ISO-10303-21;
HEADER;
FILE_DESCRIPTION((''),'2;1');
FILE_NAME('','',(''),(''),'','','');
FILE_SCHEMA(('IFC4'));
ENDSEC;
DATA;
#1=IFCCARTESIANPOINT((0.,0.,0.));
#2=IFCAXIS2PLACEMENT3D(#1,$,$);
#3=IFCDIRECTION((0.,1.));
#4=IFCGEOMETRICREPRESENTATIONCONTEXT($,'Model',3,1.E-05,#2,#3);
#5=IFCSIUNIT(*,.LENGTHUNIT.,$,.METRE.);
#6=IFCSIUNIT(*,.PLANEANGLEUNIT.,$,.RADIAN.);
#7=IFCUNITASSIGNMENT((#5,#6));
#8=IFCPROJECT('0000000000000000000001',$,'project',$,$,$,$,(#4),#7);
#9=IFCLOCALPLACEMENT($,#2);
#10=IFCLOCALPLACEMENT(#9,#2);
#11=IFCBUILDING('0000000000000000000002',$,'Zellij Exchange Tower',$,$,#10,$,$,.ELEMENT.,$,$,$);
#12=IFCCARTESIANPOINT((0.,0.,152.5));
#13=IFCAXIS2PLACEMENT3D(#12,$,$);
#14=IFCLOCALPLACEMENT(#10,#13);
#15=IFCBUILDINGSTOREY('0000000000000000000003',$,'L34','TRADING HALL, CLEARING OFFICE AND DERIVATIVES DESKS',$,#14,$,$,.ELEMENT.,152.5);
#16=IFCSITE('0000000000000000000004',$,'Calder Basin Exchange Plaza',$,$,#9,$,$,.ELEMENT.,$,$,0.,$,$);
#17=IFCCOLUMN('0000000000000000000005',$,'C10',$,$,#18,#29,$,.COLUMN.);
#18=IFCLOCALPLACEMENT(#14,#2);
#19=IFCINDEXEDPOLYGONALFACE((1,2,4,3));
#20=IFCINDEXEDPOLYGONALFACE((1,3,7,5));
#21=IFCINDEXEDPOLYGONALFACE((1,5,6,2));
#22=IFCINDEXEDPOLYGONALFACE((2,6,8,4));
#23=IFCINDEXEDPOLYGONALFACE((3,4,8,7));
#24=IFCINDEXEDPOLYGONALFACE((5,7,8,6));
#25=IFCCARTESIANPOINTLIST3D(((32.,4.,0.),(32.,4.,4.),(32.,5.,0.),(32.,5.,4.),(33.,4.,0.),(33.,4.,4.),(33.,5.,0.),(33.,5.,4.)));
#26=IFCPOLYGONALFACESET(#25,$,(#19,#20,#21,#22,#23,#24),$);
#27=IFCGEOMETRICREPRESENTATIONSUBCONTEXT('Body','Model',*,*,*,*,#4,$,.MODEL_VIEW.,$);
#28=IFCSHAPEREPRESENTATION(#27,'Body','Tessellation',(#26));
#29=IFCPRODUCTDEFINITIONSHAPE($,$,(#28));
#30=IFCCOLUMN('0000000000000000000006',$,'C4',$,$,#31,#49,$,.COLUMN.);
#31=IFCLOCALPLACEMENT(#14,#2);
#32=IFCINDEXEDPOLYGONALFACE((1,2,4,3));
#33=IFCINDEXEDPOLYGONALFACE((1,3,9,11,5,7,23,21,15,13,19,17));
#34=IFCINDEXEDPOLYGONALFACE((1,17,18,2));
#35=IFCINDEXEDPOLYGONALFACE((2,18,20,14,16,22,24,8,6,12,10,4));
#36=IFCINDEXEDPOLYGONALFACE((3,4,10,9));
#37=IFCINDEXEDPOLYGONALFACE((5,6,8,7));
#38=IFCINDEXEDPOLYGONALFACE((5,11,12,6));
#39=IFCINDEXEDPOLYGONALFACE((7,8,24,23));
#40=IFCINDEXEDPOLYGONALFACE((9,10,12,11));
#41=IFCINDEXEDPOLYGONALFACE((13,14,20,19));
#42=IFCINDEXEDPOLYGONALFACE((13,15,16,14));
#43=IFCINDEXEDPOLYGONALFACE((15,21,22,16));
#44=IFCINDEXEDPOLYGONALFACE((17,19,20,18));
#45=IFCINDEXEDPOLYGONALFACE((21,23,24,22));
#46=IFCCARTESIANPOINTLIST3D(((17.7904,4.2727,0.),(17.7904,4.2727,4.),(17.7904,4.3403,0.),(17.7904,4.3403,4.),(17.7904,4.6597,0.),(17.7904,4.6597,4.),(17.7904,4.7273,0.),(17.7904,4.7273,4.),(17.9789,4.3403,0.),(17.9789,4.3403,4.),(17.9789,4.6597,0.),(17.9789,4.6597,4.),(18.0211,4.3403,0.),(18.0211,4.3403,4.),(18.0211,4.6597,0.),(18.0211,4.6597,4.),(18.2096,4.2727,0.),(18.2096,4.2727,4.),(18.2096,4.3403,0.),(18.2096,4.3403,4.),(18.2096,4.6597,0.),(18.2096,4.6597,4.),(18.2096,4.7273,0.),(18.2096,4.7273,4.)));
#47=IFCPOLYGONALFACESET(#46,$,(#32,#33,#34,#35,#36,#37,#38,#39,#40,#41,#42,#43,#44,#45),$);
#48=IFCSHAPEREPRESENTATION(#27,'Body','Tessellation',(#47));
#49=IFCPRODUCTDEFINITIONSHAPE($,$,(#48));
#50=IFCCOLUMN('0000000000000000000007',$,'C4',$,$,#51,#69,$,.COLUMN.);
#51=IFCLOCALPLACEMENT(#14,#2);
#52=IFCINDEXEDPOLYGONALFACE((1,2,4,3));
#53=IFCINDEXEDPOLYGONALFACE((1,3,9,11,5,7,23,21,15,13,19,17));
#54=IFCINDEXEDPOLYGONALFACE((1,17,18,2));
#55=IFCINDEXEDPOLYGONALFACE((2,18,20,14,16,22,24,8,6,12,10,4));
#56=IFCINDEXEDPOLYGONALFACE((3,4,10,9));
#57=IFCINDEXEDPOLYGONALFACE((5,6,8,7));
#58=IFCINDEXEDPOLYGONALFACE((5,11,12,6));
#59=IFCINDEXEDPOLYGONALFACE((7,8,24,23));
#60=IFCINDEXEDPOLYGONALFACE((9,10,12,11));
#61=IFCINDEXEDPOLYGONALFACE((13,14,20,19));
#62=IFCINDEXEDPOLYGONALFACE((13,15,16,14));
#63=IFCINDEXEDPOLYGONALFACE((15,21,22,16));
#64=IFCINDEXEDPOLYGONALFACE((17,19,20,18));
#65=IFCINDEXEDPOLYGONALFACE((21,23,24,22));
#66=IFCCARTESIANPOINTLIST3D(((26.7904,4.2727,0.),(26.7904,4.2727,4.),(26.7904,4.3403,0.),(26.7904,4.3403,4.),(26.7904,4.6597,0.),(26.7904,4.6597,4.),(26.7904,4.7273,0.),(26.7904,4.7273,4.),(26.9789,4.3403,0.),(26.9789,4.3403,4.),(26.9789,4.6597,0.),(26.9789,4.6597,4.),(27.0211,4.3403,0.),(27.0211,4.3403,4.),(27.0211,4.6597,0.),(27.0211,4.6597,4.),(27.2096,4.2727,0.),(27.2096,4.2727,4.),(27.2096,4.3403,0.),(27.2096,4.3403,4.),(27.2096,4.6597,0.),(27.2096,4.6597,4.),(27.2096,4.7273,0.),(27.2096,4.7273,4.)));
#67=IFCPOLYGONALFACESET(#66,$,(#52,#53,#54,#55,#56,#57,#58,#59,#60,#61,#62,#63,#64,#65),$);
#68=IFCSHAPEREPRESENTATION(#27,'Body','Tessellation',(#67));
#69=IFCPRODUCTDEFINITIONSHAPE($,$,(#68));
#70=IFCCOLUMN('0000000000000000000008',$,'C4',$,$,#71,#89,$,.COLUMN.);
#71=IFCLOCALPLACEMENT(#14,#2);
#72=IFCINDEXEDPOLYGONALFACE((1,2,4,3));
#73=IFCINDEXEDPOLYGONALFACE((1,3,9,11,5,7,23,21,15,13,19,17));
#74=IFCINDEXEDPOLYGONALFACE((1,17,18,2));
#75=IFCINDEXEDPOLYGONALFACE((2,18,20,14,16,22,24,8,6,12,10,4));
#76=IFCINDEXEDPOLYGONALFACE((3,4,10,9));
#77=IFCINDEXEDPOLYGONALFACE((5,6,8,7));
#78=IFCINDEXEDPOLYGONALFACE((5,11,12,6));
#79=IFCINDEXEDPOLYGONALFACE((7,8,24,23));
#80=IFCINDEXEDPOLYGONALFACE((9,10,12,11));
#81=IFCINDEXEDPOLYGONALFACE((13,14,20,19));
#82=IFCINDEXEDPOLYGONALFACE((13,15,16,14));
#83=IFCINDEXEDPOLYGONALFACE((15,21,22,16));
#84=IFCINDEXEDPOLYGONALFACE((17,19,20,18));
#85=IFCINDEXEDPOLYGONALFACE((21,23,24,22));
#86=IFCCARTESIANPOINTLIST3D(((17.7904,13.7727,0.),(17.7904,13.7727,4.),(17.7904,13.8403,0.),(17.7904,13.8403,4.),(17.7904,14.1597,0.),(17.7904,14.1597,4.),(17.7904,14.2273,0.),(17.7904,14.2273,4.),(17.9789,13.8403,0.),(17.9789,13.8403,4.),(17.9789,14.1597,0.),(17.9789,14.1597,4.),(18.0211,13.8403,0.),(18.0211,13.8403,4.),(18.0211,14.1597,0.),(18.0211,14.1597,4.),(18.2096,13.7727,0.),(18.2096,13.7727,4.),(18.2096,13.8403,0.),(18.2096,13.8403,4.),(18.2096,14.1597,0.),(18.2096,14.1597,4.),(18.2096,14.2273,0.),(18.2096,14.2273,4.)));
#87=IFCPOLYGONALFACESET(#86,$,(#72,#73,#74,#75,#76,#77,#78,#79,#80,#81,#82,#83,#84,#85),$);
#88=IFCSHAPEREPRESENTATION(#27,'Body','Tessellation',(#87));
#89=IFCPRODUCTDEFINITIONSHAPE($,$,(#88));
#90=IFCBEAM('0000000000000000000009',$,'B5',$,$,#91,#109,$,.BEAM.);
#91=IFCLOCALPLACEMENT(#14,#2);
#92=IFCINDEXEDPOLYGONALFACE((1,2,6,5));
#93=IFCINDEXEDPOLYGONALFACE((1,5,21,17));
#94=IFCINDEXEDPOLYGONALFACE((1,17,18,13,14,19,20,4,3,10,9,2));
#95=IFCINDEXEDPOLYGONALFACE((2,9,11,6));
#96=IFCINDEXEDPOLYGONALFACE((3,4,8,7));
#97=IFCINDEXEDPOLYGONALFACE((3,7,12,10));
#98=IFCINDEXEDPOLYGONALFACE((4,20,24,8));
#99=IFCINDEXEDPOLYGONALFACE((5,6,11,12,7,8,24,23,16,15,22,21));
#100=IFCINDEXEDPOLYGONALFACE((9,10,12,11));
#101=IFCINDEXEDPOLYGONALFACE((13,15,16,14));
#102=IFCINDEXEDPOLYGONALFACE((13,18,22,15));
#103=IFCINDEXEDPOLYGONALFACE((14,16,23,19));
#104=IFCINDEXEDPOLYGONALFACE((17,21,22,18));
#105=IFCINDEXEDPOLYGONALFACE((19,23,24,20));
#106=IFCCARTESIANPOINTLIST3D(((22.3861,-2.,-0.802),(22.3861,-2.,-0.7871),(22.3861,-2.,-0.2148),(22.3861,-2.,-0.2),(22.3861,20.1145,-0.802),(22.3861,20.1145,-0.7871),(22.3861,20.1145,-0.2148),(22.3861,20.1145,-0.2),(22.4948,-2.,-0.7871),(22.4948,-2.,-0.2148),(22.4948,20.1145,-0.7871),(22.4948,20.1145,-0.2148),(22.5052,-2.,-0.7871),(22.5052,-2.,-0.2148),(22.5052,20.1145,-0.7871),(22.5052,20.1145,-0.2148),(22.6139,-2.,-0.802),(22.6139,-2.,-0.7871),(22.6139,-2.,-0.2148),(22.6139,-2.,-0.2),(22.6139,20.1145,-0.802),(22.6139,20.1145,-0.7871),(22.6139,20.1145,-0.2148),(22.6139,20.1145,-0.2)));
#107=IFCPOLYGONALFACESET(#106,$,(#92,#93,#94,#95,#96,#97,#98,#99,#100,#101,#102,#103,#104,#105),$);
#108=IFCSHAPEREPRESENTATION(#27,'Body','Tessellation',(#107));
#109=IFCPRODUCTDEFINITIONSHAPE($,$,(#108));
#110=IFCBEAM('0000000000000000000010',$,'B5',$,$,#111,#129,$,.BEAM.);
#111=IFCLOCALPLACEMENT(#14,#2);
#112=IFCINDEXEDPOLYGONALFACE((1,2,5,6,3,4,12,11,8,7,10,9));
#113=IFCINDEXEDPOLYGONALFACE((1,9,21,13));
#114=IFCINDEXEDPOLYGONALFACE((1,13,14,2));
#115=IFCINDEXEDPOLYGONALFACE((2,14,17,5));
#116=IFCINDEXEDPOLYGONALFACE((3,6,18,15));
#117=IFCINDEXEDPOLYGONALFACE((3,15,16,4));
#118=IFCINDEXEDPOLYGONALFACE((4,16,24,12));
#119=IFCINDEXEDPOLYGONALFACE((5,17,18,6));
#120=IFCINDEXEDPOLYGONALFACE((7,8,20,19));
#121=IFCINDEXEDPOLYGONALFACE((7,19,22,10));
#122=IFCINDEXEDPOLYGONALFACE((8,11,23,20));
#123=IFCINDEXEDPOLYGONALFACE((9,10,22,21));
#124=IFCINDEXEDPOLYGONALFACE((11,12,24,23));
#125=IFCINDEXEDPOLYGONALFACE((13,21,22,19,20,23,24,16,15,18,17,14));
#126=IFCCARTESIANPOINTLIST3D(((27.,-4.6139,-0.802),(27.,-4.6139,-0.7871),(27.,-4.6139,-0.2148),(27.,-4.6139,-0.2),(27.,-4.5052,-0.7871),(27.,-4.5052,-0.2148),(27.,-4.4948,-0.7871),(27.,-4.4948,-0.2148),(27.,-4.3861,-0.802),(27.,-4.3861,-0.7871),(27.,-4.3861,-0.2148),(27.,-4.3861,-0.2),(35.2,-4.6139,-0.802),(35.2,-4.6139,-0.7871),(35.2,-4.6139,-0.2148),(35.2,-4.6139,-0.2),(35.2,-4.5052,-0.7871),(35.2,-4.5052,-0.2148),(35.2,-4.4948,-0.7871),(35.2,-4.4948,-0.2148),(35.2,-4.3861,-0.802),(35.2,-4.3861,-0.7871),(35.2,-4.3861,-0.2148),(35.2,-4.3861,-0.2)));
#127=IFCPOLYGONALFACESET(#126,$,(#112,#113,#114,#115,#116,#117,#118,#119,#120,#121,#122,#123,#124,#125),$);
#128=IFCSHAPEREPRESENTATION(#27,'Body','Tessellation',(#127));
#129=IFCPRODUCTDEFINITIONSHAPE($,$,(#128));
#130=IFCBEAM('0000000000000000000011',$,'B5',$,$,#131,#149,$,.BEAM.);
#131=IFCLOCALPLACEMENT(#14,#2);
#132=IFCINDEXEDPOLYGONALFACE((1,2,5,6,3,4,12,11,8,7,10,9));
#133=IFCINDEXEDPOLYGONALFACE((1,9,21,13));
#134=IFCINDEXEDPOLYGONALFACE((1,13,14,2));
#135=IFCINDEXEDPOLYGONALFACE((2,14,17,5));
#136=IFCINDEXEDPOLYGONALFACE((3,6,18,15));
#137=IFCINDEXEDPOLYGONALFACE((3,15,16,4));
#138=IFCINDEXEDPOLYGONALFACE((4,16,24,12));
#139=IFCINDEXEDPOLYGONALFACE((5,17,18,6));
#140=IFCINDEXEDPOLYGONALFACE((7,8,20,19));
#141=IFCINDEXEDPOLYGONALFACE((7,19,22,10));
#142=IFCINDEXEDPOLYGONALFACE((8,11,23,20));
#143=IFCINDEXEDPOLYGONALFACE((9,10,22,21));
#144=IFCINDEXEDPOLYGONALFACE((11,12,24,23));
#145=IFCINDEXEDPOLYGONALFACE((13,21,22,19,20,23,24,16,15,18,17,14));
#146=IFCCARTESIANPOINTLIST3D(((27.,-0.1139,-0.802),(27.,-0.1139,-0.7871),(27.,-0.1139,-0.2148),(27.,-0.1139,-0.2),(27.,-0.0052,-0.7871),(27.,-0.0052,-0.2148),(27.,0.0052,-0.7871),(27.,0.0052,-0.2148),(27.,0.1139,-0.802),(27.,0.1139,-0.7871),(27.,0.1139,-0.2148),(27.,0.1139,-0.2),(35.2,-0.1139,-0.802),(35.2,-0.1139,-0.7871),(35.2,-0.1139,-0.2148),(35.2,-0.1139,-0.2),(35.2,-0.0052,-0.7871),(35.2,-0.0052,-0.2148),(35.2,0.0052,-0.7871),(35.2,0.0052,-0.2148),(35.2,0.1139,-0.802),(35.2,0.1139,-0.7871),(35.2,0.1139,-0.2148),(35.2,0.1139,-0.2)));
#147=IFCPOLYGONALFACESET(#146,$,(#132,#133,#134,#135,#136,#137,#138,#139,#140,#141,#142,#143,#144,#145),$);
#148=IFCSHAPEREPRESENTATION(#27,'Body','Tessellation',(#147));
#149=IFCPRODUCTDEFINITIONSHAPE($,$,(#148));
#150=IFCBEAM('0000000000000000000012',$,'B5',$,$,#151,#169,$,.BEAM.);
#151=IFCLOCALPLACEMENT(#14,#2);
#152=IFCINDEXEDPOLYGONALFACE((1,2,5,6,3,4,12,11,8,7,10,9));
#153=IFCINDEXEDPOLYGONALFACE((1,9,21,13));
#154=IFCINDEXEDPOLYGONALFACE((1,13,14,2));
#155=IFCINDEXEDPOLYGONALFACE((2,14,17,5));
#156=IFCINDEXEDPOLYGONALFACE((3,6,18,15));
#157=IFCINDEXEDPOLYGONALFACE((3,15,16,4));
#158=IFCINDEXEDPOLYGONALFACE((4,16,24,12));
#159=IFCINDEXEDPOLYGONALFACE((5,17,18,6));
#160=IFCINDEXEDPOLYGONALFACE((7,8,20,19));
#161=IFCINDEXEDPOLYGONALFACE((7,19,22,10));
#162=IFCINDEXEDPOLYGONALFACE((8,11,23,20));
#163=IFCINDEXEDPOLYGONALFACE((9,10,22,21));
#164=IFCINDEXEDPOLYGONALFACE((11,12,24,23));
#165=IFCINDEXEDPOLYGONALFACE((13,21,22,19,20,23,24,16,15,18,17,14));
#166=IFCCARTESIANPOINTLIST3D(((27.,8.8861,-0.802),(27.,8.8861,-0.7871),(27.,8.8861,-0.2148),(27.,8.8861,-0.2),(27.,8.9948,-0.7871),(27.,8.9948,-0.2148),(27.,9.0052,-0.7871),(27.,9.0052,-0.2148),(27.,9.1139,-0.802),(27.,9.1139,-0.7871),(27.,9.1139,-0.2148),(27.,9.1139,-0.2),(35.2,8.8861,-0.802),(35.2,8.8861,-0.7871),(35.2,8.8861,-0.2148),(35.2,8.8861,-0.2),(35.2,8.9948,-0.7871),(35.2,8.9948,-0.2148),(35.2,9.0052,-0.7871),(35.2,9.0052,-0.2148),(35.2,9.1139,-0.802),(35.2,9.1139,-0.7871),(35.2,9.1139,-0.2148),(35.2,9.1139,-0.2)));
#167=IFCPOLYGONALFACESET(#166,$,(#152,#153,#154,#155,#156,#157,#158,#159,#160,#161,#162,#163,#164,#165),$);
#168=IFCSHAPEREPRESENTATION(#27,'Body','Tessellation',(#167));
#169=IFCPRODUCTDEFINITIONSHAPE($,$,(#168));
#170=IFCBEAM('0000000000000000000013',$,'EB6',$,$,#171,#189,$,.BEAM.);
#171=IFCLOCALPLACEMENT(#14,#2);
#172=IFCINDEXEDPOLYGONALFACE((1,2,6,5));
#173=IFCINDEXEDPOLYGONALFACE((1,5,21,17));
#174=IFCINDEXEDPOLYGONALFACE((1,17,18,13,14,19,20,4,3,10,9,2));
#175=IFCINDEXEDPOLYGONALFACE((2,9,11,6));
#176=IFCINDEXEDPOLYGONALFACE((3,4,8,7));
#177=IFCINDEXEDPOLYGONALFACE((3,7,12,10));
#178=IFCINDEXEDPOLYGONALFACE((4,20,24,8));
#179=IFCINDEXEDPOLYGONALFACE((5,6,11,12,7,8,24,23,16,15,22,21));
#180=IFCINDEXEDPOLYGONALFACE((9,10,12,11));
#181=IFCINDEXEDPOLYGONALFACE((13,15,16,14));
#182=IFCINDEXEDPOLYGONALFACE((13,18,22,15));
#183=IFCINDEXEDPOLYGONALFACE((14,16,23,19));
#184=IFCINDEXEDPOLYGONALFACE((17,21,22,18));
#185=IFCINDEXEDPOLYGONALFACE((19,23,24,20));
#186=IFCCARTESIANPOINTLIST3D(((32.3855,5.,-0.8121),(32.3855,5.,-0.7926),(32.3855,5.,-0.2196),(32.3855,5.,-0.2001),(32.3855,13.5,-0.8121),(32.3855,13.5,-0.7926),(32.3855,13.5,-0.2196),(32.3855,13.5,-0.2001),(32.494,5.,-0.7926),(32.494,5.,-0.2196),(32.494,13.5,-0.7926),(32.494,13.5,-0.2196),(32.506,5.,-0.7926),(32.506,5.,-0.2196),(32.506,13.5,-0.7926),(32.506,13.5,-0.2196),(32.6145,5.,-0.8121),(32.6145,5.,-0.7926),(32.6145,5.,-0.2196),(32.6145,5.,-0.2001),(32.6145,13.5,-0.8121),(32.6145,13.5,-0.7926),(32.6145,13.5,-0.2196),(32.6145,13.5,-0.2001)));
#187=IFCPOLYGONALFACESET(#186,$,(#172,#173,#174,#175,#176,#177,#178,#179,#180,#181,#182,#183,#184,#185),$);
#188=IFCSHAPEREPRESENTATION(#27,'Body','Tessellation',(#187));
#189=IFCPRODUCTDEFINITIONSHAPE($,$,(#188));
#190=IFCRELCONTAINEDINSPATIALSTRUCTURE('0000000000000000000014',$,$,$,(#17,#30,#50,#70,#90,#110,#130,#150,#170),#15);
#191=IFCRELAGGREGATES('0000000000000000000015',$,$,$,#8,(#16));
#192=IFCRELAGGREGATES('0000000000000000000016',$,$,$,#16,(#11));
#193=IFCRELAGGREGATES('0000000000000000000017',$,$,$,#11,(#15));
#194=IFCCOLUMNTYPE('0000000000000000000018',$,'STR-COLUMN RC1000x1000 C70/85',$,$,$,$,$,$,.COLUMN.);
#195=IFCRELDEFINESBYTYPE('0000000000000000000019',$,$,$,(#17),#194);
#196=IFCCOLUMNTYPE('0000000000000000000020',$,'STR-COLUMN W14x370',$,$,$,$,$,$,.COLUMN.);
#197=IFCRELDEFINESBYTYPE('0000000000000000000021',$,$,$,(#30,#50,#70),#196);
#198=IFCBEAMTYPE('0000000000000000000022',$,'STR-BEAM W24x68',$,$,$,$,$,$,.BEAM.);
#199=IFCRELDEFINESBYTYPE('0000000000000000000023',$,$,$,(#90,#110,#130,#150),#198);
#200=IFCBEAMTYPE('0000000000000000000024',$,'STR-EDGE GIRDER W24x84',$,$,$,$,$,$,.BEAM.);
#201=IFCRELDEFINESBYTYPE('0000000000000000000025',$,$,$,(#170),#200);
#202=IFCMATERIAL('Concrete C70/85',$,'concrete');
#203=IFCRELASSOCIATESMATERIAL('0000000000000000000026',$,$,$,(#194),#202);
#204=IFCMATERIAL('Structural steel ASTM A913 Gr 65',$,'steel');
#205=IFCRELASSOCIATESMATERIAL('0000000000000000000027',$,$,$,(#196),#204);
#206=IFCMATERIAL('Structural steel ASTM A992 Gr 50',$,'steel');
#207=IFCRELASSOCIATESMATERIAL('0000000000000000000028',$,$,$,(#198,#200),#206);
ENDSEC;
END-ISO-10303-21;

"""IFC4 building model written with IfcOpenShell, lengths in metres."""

from ifc_helpers import new_model, si_unit, direction, frame, origin, origin_2d, place, context, subcontext, project, spatial, rectangle, i_section, extrude, material, material_profile, profile_set, type_object, element, save


model = new_model("IFC4")

# Units and contexts
model_context = context("Model", 3, precision=1e-05, world=origin(), true_north=direction((0.0, 1.0)))
body_context = subcontext(model_context, "Body", "Model", "MODEL_VIEW")
ifc_project = project(units=[si_unit("LENGTHUNIT", "METRE"), si_unit("PLANEANGLEUNIT", "RADIAN")], contexts=[model_context])

# Site, building, storey
site_placement = place(None, origin())
site = spatial("IfcSite", under=ifc_project, at=site_placement, Name="Calder Basin Exchange Plaza", CompositionType="ELEMENT", RefElevation=0.0)
building_placement = place(site_placement, origin())
building = spatial("IfcBuilding", under=site, at=building_placement, Name="Zellij Exchange Tower", CompositionType="ELEMENT")
storey_placement = place(building_placement, frame((0.0, 0.0, 152.5)))
storey = spatial("IfcBuildingStorey", under=building, at=storey_placement, Name="L34", Description="TRADING HALL, CLEARING OFFICE AND DERIVATIVES DESKS", CompositionType="ELEMENT", Elevation=152.5)

# Columns
ifc_material_1 = material(Name="Concrete C70/85", Category="concrete")
ifc_material_profile_1 = material_profile(ifc_material_1, rectangle(XDim=1.0, YDim=1.0, at=origin_2d()), Name="STR-COLUMN RC1000x1000 C70/85")
ifc_profile_set_1 = profile_set([ifc_material_profile_1], Name="Concrete C70/85")
column_type_1 = type_object("IfcColumnType", Name="STR-COLUMN RC1000x1000 C70/85", PredefinedType="COLUMN", material=ifc_profile_set_1)
column_placement = place(storey_placement, frame((32.5, 4.5, 0.0), z_axis=(0.0, 0.0, 1.0), x_axis=(1.0, 0.0, 0.0)))
element("IfcColumn", 1, at=column_placement, inside=storey, type_object=column_type_1, Name="C10", PredefinedType="COLUMN", context=body_context, shape_type="SweptSolid", body=[
    extrude(rectangle(XDim=1.0, YDim=1.0, at=origin_2d()), origin(), (0.0, 0.0, 1.0), 4.0),
])
ifc_material_2 = material(Name="Structural steel ASTM A913 Gr 65", Category="steel")
ifc_material_profile_2 = material_profile(ifc_material_2, i_section(OverallWidth=0.4192, OverallDepth=0.4546, WebThickness=0.0422, FlangeThickness=0.0676, at=origin_2d()), Name="W14x370")
ifc_profile_set_2 = profile_set([ifc_material_profile_2], Name="Structural steel ASTM A913 Gr 65")
column_type_2 = type_object("IfcColumnType", Name="STR-COLUMN W14x370", PredefinedType="COLUMN", material=ifc_profile_set_2)
for number, where, z_axis, x_axis, name in (
    (2, (18.0, 4.5, 0.0), (0.0, 0.0, 1.0), (1.0, 0.0, 0.0), "C4"),
    (3, (27.0, 4.5, 0.0), (0.0, 0.0, 1.0), (1.0, 0.0, 0.0), "C4"),
    (4, (18.0, 14.0, 0.0), (0.0, 0.0, 1.0), (1.0, 0.0, 0.0), "C4"),
):
    element("IfcColumn", number, at=place(storey_placement, frame(where, z_axis=z_axis, x_axis=x_axis)), inside=storey, type_object=column_type_2, Name=name, PredefinedType="COLUMN", context=body_context, shape_type="SweptSolid", body=[
        extrude(i_section(OverallWidth=0.4192, OverallDepth=0.4546, WebThickness=0.0422, FlangeThickness=0.0676, at=origin_2d()), origin(), (0.0, 0.0, 1.0), 4.0),
    ])

# Beams
ifc_material_3 = material(Name="Structural steel ASTM A992 Gr 50", Category="steel")
ifc_material_profile_3 = material_profile(ifc_material_3, i_section(OverallWidth=0.2278, OverallDepth=0.6021, WebThickness=0.0105, FlangeThickness=0.0149, at=origin_2d()), Name="W24x68")
ifc_profile_set_3 = profile_set([ifc_material_profile_3], Name="Structural steel ASTM A992 Gr 50")
beam_type_1 = type_object("IfcBeamType", Name="STR-BEAM W24x68", PredefinedType="BEAM", material=ifc_profile_set_3)
beam_1_placement = place(storey_placement, frame((22.5, -2.0, -0.501), z_axis=(0.0, 1.0, 0.0), x_axis=(-1.0, 0.0, 0.0)))
element("IfcBeam", 5, at=beam_1_placement, inside=storey, type_object=beam_type_1, Name="B5", PredefinedType="BEAM", context=body_context, shape_type="SweptSolid", body=[
    extrude(i_section(OverallWidth=0.2278, OverallDepth=0.6021, WebThickness=0.0105, FlangeThickness=0.0149, at=origin_2d()), origin(), (0.0, 0.0, 1.0), 22.1145),
])
for number, where, z_axis, x_axis, name in (
    (6, (27.0, -4.5, -0.501), (1.0, 0.0, 0.0), (0.0, 1.0, 0.0), "B5"),
    (7, (27.0, 0.0, -0.501), (1.0, 0.0, 0.0), (0.0, 1.0, 0.0), "B5"),
    (8, (27.0, 9.0, -0.501), (1.0, 0.0, 0.0), (0.0, 1.0, 0.0), "B5"),
):
    element("IfcBeam", number, at=place(storey_placement, frame(where, z_axis=z_axis, x_axis=x_axis)), inside=storey, type_object=beam_type_1, Name=name, PredefinedType="BEAM", context=body_context, shape_type="SweptSolid", body=[
        extrude(i_section(OverallWidth=0.2278, OverallDepth=0.6021, WebThickness=0.0105, FlangeThickness=0.0149, at=origin_2d()), origin(), (0.0, 0.0, 1.0), 8.2),
    ])
ifc_material_profile_4 = material_profile(ifc_material_3, i_section(OverallWidth=0.229, OverallDepth=0.6121, WebThickness=0.012, FlangeThickness=0.0195, at=origin_2d()), Name="W24x84")
ifc_profile_set_4 = profile_set([ifc_material_profile_4], Name="Structural steel ASTM A992 Gr 50")
beam_type_2 = type_object("IfcBeamType", Name="STR-EDGE GIRDER W24x84", PredefinedType="BEAM", material=ifc_profile_set_4)
beam_2_placement = place(storey_placement, frame((32.5, 5.0, -0.5061), z_axis=(0.0, 1.0, 0.0), x_axis=(-1.0, 0.0, 0.0)))
element("IfcBeam", 9, at=beam_2_placement, inside=storey, type_object=beam_type_2, Name="EB6", PredefinedType="BEAM", context=body_context, shape_type="SweptSolid", body=[
    extrude(i_section(OverallWidth=0.229, OverallDepth=0.6121, WebThickness=0.012, FlangeThickness=0.0195, at=origin_2d()), origin(), (0.0, 0.0, 1.0), 8.5),
])

save(model, "model.ifc")
